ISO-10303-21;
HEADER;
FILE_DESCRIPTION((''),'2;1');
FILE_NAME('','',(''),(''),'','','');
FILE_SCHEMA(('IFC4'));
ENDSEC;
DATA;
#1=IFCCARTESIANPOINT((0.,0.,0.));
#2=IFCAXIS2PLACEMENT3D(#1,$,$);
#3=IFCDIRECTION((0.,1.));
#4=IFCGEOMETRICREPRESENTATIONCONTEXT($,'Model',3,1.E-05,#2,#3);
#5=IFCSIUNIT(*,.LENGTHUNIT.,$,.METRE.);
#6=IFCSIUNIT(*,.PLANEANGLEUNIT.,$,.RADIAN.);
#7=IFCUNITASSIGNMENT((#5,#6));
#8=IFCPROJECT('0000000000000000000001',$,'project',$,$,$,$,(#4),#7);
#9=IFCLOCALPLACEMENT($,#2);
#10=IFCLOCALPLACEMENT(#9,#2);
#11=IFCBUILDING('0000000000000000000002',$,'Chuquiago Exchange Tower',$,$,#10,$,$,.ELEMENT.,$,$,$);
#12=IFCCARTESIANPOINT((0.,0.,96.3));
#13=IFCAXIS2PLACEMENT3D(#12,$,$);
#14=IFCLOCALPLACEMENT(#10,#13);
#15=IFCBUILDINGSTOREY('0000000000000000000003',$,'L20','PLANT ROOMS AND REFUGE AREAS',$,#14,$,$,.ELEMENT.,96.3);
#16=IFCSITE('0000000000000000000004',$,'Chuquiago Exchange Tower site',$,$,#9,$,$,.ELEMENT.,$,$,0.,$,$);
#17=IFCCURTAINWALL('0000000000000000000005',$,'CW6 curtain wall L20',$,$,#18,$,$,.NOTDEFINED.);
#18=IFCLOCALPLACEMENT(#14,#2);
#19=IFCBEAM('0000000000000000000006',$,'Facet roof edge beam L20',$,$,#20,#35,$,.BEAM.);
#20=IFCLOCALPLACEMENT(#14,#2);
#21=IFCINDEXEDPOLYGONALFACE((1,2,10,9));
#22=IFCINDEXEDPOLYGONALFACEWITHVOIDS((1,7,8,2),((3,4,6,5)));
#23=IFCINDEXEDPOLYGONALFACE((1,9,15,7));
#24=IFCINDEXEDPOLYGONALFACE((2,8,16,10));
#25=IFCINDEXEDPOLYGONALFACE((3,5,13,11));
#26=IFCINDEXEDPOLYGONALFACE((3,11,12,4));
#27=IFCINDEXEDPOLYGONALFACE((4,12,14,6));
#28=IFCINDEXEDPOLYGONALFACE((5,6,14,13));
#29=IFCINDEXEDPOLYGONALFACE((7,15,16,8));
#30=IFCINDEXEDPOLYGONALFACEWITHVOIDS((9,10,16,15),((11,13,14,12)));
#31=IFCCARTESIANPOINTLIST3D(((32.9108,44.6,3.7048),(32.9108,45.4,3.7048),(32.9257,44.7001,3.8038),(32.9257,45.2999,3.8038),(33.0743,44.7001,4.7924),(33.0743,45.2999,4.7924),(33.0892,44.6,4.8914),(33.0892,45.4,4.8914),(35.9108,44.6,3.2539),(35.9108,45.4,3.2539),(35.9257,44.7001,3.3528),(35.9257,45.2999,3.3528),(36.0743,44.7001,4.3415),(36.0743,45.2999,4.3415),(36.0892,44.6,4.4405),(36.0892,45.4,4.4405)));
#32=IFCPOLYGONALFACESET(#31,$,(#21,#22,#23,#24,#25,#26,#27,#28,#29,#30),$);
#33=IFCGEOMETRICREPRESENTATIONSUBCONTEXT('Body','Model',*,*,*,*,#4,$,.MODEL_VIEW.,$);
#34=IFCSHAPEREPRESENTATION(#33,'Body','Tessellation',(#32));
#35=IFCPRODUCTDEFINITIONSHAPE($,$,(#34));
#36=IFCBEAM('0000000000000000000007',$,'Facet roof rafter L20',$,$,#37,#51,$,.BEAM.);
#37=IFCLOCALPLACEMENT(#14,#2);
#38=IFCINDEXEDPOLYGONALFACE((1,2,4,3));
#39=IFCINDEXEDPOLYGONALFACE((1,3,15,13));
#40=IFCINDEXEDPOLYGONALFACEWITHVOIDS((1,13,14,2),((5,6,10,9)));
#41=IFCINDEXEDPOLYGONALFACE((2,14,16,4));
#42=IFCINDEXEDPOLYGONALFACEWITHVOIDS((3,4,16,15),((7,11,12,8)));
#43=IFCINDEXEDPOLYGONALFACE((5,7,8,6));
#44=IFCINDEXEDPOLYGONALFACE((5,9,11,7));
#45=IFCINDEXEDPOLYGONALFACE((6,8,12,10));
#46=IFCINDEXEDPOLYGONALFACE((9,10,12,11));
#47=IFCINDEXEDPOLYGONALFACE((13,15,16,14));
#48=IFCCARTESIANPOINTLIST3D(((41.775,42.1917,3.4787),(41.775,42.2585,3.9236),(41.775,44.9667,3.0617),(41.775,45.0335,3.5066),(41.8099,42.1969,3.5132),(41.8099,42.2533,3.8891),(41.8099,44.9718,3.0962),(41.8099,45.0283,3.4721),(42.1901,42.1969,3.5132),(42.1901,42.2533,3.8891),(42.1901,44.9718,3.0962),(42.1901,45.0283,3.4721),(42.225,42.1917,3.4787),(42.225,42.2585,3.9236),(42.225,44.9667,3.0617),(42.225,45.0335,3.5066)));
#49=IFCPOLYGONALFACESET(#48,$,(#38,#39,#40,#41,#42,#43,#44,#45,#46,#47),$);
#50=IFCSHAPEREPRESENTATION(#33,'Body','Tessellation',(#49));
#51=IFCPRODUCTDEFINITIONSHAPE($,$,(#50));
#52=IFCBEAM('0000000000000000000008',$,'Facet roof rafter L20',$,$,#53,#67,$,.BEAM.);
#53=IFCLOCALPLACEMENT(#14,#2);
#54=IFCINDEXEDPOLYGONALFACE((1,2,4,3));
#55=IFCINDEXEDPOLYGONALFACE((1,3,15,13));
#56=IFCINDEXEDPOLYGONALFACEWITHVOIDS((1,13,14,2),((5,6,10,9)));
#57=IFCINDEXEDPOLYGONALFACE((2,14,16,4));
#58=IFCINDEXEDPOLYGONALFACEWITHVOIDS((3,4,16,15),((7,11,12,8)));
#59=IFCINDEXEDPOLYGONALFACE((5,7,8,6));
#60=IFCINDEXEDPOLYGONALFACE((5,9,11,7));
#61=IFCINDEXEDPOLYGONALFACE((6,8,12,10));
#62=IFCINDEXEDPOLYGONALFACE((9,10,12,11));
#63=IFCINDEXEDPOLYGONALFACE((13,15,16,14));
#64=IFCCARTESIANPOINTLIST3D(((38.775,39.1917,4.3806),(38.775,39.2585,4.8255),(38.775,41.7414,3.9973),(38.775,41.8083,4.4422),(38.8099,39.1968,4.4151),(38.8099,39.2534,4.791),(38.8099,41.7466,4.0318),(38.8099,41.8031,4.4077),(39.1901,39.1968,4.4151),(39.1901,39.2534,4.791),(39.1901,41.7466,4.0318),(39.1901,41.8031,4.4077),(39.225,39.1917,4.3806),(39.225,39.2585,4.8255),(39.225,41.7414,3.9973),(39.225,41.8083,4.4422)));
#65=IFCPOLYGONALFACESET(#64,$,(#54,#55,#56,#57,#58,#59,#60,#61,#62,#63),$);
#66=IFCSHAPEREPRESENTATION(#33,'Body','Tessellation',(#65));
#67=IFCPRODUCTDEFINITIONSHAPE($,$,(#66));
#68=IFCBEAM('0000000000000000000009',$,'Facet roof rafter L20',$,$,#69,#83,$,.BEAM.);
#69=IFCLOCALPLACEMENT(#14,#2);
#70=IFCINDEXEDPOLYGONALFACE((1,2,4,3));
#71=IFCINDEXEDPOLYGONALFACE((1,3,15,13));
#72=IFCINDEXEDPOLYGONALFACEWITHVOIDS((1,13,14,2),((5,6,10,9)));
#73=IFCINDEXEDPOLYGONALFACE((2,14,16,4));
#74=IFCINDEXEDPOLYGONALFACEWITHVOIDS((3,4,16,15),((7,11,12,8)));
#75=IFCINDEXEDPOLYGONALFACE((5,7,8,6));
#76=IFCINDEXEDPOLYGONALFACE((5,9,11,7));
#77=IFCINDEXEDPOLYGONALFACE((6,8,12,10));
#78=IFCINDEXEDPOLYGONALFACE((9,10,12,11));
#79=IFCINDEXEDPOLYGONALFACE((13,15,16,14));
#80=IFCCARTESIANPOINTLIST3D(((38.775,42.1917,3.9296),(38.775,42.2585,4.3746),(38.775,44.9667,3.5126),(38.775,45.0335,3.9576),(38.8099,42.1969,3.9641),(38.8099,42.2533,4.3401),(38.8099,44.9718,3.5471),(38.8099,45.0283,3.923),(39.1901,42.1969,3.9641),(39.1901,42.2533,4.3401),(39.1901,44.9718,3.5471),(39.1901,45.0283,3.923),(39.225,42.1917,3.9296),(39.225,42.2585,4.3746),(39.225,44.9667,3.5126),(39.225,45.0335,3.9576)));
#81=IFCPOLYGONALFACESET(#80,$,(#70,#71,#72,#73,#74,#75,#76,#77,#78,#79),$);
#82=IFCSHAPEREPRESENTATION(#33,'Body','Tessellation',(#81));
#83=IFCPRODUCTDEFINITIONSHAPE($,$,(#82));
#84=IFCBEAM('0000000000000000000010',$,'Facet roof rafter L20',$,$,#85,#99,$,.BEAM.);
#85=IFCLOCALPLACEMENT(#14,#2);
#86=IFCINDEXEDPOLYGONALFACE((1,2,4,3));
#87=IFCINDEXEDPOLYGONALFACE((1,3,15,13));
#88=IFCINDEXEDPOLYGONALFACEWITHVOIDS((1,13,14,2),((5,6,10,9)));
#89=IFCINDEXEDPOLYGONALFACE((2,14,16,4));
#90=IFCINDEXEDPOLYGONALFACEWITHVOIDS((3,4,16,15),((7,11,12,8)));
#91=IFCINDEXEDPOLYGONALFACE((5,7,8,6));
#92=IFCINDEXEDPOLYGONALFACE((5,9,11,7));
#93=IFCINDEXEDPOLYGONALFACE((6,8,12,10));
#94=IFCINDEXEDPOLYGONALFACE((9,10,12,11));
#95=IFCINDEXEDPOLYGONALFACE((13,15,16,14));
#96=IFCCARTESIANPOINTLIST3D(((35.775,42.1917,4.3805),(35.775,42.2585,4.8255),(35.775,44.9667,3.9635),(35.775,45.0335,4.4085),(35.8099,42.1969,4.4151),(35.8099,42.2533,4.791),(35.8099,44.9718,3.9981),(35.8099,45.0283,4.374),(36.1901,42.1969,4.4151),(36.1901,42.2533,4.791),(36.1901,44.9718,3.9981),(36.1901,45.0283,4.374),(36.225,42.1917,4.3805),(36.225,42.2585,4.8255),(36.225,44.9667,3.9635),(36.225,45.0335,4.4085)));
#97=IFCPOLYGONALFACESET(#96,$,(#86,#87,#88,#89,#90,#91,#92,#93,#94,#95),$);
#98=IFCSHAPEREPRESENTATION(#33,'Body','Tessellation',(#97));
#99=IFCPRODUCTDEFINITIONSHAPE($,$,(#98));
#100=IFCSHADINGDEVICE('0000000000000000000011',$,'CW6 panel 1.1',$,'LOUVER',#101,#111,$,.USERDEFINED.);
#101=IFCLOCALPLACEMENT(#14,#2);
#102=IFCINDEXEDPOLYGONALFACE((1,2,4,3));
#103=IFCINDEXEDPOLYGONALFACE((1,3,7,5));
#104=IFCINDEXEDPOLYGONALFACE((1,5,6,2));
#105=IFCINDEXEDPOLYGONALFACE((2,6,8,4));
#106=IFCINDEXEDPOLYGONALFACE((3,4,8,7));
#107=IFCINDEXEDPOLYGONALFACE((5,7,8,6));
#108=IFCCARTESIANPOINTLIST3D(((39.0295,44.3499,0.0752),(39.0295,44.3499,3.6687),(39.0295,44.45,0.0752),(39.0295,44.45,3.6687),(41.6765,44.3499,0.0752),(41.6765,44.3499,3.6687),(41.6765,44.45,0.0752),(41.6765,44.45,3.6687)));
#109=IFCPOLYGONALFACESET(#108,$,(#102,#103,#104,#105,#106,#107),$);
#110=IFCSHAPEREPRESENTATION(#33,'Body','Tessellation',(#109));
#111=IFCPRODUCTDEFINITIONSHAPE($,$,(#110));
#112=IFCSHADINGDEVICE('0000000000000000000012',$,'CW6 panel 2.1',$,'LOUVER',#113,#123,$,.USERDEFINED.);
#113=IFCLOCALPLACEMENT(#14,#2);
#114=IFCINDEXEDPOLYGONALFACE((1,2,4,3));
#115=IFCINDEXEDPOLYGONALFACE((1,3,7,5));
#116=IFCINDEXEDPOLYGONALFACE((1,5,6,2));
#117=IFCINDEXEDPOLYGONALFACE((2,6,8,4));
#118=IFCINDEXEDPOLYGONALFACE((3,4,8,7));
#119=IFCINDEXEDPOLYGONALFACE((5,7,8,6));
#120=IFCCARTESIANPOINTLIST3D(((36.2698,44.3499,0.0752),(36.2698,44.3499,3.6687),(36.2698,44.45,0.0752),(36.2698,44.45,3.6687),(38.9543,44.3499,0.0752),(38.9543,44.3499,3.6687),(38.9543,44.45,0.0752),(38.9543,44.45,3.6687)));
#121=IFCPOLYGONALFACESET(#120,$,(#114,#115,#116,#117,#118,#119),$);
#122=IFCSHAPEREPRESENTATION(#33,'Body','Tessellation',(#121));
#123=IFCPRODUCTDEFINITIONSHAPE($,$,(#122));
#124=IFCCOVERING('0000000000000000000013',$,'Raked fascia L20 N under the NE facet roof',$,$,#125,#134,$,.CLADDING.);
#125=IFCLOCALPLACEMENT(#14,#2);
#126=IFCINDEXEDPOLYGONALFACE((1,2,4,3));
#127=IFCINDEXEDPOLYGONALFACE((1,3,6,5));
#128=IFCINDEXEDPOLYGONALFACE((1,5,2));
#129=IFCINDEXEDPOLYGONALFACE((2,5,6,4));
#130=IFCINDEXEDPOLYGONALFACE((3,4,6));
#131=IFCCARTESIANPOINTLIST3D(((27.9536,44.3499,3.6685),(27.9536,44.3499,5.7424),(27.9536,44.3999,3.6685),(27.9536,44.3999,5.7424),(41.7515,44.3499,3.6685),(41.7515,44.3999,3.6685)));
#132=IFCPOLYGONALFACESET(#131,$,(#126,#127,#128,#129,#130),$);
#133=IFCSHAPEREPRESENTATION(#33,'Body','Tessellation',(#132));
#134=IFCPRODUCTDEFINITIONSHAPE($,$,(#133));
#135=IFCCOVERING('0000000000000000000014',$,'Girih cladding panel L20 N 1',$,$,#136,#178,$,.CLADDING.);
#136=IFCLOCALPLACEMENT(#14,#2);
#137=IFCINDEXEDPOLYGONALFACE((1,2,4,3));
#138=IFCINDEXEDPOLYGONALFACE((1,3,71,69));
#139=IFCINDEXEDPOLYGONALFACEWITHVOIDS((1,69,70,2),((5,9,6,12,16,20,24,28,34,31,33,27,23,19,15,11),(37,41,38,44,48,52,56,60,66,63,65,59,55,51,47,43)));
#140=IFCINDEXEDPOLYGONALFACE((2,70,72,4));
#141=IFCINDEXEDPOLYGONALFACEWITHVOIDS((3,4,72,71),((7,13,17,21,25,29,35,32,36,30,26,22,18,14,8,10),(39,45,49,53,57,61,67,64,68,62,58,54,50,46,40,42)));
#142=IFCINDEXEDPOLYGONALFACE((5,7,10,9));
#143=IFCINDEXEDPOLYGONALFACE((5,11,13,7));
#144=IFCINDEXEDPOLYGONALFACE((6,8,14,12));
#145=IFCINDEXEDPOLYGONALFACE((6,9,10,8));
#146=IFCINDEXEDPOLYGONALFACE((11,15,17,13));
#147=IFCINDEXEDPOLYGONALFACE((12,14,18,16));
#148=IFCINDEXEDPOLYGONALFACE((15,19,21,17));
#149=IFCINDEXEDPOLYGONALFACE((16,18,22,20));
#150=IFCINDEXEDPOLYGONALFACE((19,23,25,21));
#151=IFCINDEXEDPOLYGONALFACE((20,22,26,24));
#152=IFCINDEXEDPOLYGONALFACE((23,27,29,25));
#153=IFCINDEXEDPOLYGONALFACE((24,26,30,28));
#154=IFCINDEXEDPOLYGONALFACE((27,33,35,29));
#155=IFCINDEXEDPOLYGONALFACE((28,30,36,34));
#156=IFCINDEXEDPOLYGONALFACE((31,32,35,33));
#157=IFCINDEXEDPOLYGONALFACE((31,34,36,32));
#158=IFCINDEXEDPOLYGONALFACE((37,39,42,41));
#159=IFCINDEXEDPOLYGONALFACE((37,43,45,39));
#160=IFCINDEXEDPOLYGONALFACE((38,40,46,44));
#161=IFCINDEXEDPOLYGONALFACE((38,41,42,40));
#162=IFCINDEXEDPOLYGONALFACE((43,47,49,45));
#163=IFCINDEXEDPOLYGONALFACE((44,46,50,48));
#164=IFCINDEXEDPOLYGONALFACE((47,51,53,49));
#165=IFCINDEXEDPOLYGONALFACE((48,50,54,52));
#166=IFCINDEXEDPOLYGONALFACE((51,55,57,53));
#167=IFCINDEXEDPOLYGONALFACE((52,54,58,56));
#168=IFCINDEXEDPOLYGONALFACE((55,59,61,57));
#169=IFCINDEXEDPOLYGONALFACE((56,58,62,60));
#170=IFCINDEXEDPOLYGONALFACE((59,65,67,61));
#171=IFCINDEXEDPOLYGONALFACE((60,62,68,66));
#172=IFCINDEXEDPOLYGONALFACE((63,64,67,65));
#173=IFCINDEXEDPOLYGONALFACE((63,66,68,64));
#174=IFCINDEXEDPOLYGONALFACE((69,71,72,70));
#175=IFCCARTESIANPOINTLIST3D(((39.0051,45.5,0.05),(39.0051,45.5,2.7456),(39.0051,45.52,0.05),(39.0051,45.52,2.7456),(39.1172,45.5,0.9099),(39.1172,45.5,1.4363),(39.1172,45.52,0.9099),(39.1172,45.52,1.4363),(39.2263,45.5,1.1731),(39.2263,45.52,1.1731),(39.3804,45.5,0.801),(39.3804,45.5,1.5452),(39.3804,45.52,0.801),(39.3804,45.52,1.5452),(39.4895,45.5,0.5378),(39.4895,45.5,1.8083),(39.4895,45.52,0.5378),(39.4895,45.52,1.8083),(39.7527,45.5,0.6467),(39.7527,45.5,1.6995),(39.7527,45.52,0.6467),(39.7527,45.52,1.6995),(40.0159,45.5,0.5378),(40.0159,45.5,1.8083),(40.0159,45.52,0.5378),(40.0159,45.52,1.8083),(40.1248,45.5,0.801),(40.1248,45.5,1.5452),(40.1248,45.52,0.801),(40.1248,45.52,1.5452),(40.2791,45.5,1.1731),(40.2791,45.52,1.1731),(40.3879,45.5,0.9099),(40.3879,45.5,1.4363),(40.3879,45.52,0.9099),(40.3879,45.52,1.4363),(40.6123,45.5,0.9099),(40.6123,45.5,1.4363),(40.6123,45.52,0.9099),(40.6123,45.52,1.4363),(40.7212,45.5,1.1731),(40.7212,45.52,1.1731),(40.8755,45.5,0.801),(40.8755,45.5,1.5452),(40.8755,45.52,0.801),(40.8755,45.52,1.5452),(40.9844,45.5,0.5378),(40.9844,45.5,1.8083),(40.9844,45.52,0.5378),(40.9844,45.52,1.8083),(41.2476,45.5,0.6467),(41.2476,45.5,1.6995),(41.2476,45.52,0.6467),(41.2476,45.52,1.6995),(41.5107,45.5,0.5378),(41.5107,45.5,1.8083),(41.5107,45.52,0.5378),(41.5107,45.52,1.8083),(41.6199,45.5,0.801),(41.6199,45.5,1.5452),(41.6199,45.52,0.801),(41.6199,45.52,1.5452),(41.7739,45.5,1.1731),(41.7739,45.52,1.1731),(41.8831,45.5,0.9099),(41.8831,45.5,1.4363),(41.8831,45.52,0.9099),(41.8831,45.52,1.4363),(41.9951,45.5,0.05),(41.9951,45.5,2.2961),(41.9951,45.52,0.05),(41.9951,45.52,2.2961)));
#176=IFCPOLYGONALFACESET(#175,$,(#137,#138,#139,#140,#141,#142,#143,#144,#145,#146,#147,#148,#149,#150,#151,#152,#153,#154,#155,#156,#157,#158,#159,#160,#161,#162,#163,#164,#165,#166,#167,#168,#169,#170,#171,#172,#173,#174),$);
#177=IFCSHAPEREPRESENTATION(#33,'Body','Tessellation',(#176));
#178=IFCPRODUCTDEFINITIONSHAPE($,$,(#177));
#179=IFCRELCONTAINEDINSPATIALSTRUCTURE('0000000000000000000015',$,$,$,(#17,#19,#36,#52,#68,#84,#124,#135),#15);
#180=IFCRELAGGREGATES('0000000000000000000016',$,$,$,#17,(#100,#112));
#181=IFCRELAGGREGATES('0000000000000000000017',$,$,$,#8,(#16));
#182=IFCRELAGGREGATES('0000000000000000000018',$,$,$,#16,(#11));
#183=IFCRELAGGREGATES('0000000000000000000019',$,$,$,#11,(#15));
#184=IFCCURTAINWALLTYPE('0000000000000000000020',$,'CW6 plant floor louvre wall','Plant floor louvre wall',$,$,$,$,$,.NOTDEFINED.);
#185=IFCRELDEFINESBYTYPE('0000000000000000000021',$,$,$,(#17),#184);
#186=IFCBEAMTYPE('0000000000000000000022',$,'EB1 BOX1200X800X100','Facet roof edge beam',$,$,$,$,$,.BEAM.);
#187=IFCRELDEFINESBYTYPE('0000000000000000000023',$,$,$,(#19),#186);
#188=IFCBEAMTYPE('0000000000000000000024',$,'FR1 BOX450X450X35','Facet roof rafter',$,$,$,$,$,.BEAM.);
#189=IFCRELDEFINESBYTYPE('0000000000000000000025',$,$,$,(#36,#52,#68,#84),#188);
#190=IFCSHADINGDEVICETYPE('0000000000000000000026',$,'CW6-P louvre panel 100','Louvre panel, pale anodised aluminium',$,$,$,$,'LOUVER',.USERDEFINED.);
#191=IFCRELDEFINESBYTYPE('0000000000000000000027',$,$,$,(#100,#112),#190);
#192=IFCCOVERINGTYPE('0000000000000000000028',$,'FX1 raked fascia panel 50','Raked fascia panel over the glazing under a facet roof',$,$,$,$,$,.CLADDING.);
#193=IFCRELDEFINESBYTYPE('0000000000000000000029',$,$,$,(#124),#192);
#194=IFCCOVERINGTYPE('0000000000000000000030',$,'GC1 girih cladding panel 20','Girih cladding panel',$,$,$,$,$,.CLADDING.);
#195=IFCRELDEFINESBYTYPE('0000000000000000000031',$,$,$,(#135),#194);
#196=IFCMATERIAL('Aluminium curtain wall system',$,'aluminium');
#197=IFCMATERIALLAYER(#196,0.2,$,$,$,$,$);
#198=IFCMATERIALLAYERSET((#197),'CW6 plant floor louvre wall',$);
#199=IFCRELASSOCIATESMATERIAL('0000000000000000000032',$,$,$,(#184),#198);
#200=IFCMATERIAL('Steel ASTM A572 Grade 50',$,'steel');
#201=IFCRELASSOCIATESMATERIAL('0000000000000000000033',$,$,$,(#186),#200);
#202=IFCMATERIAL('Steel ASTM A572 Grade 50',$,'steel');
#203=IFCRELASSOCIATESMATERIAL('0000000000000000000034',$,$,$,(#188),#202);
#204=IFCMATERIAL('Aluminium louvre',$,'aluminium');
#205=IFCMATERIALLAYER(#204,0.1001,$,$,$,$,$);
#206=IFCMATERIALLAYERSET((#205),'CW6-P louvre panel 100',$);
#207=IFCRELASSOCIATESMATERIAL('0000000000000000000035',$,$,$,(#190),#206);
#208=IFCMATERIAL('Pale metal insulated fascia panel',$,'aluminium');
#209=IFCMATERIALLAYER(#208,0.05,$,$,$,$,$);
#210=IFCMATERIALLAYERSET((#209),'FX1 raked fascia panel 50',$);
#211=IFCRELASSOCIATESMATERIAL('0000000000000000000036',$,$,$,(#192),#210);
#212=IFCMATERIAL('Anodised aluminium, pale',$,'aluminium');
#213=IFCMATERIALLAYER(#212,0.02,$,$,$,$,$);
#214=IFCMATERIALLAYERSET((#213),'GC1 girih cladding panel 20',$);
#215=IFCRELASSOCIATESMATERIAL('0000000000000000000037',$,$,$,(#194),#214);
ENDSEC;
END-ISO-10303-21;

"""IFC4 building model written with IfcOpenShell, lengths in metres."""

from ifc_helpers import new_model, si_unit, direction, frame, origin, origin_2d, place, context, subcontext, project, spatial, polyline, rectangle, hollow_rectangle, outline, extrude, material, layer, layer_set, material_profile, profile_set, type_object, element, aggregate, save


model = new_model("IFC4")

# Units and contexts
model_context = context("Model", 3, precision=1e-05, world=origin(), true_north=direction((0.0, 1.0)))
body_context = subcontext(model_context, "Body", "Model", "MODEL_VIEW")
ifc_project = project(units=[si_unit("LENGTHUNIT", "METRE"), si_unit("PLANEANGLEUNIT", "RADIAN")], contexts=[model_context])

# Site, building, storey
site_placement = place(None, origin())
site = spatial("IfcSite", under=ifc_project, at=site_placement, Name="Chuquiago Exchange Tower site", CompositionType="ELEMENT", RefElevation=0.0)
building_placement = place(site_placement, origin())
building = spatial("IfcBuilding", under=site, at=building_placement, Name="Chuquiago Exchange Tower", CompositionType="ELEMENT")
storey_placement = place(building_placement, frame((0.0, 0.0, 96.3)))
storey = spatial("IfcBuildingStorey", under=building, at=storey_placement, Name="L20", Description="PLANT ROOMS AND REFUGE AREAS", CompositionType="ELEMENT", Elevation=96.3)

# Shared definitions
ifc_material_1 = material(Name="Aluminium curtain wall system", Category="aluminium")
ifc_layer_1 = layer(ifc_material_1, 0.2)
ifc_layer_set_1 = layer_set([ifc_layer_1], Name="CW6 plant floor louvre wall")
curtain_wall_type = type_object("IfcCurtainWallType", Name="CW6 plant floor louvre wall", Description="Plant floor louvre wall", PredefinedType="NOTDEFINED", material=ifc_layer_set_1)

# Curtain wall
curtain_wall_1_placement = place(storey_placement, origin())
curtain_wall_1 = element("IfcCurtainWall", 1, at=curtain_wall_1_placement, inside=storey, type_object=curtain_wall_type, Name="CW6 curtain wall L20", PredefinedType="NOTDEFINED")

# Beams
ifc_material_2 = material(Name="Steel ASTM A572 Grade 50", Category="steel")
ifc_material_profile_1 = material_profile(ifc_material_2, hollow_rectangle(XDim=0.8, YDim=1.2, WallThickness=0.1001, at=origin_2d()), Name="BOX1200X800X100")
ifc_profile_set_1 = profile_set([ifc_material_profile_1], Name="Steel ASTM A572 Grade 50")
beam_type_1 = type_object("IfcBeamType", Name="EB1 BOX1200X800X100", Description="Facet roof edge beam", PredefinedType="BEAM", material=ifc_profile_set_1)
for number, where, z_axis, x_axis, name in (
    (2, (36.0, 45.0, 3.8472), (-0.988891, 0.0, 0.14864), (0.0, -1.0, 0.0), "Facet roof edge beam L20"),
):
    element("IfcBeam", number, at=place(storey_placement, frame(where, z_axis=z_axis, x_axis=x_axis)), inside=storey, type_object=beam_type_1, Name=name, PredefinedType="BEAM", context=body_context, shape_type="SweptSolid", body=[
        extrude(hollow_rectangle(XDim=0.8, YDim=1.2, WallThickness=0.1001, at=origin_2d()), origin(), (0.0, 0.0, 1.0), 3.0337),
    ])
ifc_material_3 = material(Name="Steel ASTM A572 Grade 50", Category="steel")
ifc_material_profile_2 = material_profile(ifc_material_3, hollow_rectangle(XDim=0.45, YDim=0.45, WallThickness=0.0349, at=origin_2d()), Name="BOX450X450X35")
ifc_profile_set_2 = profile_set([ifc_material_profile_2], Name="Steel ASTM A572 Grade 50")
beam_type_2 = type_object("IfcBeamType", Name="FR1 BOX450X450X35", Description="Facet roof rafter", PredefinedType="BEAM", material=ifc_profile_set_2)
beam_1_placement = place(storey_placement, frame((42.0, 42.2251, 3.7012), z_axis=(0.0, 0.988897, -0.148604), x_axis=(-1.0, 0.0, 0.0)))
element("IfcBeam", 3, at=beam_1_placement, inside=storey, type_object=beam_type_2, Name="Facet roof rafter L20", PredefinedType="BEAM", context=body_context, shape_type="SweptSolid", body=[
    extrude(hollow_rectangle(XDim=0.45, YDim=0.45, WallThickness=0.0349, at=origin_2d()), origin(), (0.0, 0.0, 1.0), 2.8062),
])
beam_2_placement = place(storey_placement, frame((39.0, 39.2251, 4.603), z_axis=(0.0, 0.988889, -0.148655), x_axis=(-1.0, 0.0, 0.0)))
element("IfcBeam", 4, at=beam_2_placement, inside=storey, type_object=beam_type_2, Name="Facet roof rafter L20", PredefinedType="BEAM", context=body_context, shape_type="SweptSolid", body=[
    extrude(hollow_rectangle(XDim=0.45, YDim=0.45, WallThickness=0.0349, at=origin_2d()), origin(), (0.0, 0.0, 1.0), 2.5784),
])
for number, where, z_axis, x_axis, name in (
    (5, (39.0, 42.2251, 4.1521), (0.0, 0.988897, -0.148604), (-1.0, 0.0, 0.0), "Facet roof rafter L20"),
    (6, (36.0, 42.2251, 4.603), (0.0, 0.988897, -0.148604), (-1.0, 0.0, 0.0), "Facet roof rafter L20"),
):
    element("IfcBeam", number, at=place(storey_placement, frame(where, z_axis=z_axis, x_axis=x_axis)), inside=storey, type_object=beam_type_2, Name=name, PredefinedType="BEAM", context=body_context, shape_type="SweptSolid", body=[
        extrude(hollow_rectangle(XDim=0.45, YDim=0.45, WallThickness=0.0349, at=origin_2d()), origin(), (0.0, 0.0, 1.0), 2.8062),
    ])

# Shading devices
ifc_material_4 = material(Name="Aluminium louvre", Category="aluminium")
ifc_layer_2 = layer(ifc_material_4, 0.1001)
ifc_layer_set_2 = layer_set([ifc_layer_2], Name="CW6-P louvre panel 100")
shading_device_type = type_object("IfcShadingDeviceType", Name="CW6-P louvre panel 100", Description="Louvre panel, pale anodised aluminium", ElementType="LOUVER", PredefinedType="USERDEFINED", material=ifc_layer_set_2)
shading_device_1_placement = place(storey_placement, frame((40.353, 44.3999, 0.0752), z_axis=(0.0, 0.0, 1.0), x_axis=(-1.0, 0.0, 0.0)))
shading_device_1 = element("IfcShadingDevice", 7, at=shading_device_1_placement, type_object=shading_device_type, Name="CW6 panel 1.1", ObjectType="LOUVER", PredefinedType="USERDEFINED", context=body_context, shape_type="SweptSolid", body=[
    extrude(rectangle(XDim=2.647, YDim=0.1001, at=origin_2d()), origin(), (0.0, 0.0, 1.0), 3.5935),
])
shading_device_2_placement = place(storey_placement, frame((37.6121, 44.3999, 0.0752), z_axis=(0.0, 0.0, 1.0), x_axis=(-1.0, 0.0, 0.0)))
shading_device_2 = element("IfcShadingDevice", 8, at=shading_device_2_placement, type_object=shading_device_type, Name="CW6 panel 2.1", ObjectType="LOUVER", PredefinedType="USERDEFINED", context=body_context, shape_type="SweptSolid", body=[
    extrude(rectangle(XDim=2.6846, YDim=0.1001, at=origin_2d()), origin(), (0.0, 0.0, 1.0), 3.5935),
])
aggregate(curtain_wall_1, [shading_device_1, shading_device_2])

# Coverings
ifc_material_5 = material(Name="Pale metal insulated fascia panel", Category="aluminium")
ifc_layer_3 = layer(ifc_material_5, 0.05)
ifc_layer_set_3 = layer_set([ifc_layer_3], Name="FX1 raked fascia panel 50")
covering_type_1 = type_object("IfcCoveringType", Name="FX1 raked fascia panel 50", Description="Raked fascia panel over the glazing under a facet roof", PredefinedType="CLADDING", material=ifc_layer_set_3)
covering_1_placement = place(storey_placement, frame((41.7515, 44.3999, 3.6685), z_axis=(0.0, 1.0, 0.0), x_axis=(-1.0, 0.0, 0.0)))
element("IfcCovering", 9, at=covering_1_placement, inside=storey, type_object=covering_type_1, Name="Raked fascia L20 N under the NE facet roof", PredefinedType="CLADDING", context=body_context, shape_type="SweptSolid", body=[
    extrude(outline(polyline([(0.0, 0.0), (13.7979, 0.0), (13.7979, 2.074), (0.0, 0.0)])), origin(), (0.0, 0.0, -1.0), 0.05),
])
ifc_material_6 = material(Name="Anodised aluminium, pale", Category="aluminium")
ifc_layer_4 = layer(ifc_material_6, 0.02)
ifc_layer_set_4 = layer_set([ifc_layer_4], Name="GC1 girih cladding panel 20")
covering_type_2 = type_object("IfcCoveringType", Name="GC1 girih cladding panel 20", Description="Girih cladding panel", PredefinedType="CLADDING", material=ifc_layer_set_4)
covering_2_placement = place(storey_placement, frame((41.9951, 45.5, 0.05), z_axis=(0.0, 0.0, 1.0), x_axis=(-1.0, 0.0, 0.0)))
element("IfcCovering", 10, at=covering_2_placement, inside=storey, type_object=covering_type_2, Name="Girih cladding panel L20 N 1", PredefinedType="CLADDING", context=body_context, shape_type="SweptSolid", body=[
    extrude(outline(polyline([(0.0, 0.0), (2.99, 0.0), (2.99, 2.6956), (0.0, 2.2461), (0.0, 0.0)]), holes=[polyline([(1.2739, 1.123), (1.3828, 1.3862), (1.1196, 1.4951), (1.0107, 1.7583), (0.7476, 1.6494), (0.4844, 1.7583), (0.3752, 1.4951), (0.1121, 1.3862), (0.2212, 1.123), (0.1121, 0.8599), (0.3752, 0.751), (0.4844, 0.4878), (0.7476, 0.5967), (1.0107, 0.4878), (1.1196, 0.751), (1.3828, 0.8599), (1.2739, 1.123)]), polyline([(2.7688, 1.123), (2.8779, 1.3862), (2.6147, 1.4951), (2.5056, 1.7583), (2.2424, 1.6494), (1.9792, 1.7583), (1.8704, 1.4951), (1.6072, 1.3862), (1.7161, 1.123), (1.6072, 0.8599), (1.8704, 0.751), (1.9792, 0.4878), (2.2424, 0.5967), (2.5056, 0.4878), (2.6147, 0.751), (2.8779, 0.8599), (2.7688, 1.123)])]), frame((0.0, 0.0, 0.0), z_axis=(0.0, -1.0, 0.0), x_axis=(1.0, 0.0, 0.0)), (0.0, 0.0, 1.0), 0.02),
])

save(model, "model.ifc")
